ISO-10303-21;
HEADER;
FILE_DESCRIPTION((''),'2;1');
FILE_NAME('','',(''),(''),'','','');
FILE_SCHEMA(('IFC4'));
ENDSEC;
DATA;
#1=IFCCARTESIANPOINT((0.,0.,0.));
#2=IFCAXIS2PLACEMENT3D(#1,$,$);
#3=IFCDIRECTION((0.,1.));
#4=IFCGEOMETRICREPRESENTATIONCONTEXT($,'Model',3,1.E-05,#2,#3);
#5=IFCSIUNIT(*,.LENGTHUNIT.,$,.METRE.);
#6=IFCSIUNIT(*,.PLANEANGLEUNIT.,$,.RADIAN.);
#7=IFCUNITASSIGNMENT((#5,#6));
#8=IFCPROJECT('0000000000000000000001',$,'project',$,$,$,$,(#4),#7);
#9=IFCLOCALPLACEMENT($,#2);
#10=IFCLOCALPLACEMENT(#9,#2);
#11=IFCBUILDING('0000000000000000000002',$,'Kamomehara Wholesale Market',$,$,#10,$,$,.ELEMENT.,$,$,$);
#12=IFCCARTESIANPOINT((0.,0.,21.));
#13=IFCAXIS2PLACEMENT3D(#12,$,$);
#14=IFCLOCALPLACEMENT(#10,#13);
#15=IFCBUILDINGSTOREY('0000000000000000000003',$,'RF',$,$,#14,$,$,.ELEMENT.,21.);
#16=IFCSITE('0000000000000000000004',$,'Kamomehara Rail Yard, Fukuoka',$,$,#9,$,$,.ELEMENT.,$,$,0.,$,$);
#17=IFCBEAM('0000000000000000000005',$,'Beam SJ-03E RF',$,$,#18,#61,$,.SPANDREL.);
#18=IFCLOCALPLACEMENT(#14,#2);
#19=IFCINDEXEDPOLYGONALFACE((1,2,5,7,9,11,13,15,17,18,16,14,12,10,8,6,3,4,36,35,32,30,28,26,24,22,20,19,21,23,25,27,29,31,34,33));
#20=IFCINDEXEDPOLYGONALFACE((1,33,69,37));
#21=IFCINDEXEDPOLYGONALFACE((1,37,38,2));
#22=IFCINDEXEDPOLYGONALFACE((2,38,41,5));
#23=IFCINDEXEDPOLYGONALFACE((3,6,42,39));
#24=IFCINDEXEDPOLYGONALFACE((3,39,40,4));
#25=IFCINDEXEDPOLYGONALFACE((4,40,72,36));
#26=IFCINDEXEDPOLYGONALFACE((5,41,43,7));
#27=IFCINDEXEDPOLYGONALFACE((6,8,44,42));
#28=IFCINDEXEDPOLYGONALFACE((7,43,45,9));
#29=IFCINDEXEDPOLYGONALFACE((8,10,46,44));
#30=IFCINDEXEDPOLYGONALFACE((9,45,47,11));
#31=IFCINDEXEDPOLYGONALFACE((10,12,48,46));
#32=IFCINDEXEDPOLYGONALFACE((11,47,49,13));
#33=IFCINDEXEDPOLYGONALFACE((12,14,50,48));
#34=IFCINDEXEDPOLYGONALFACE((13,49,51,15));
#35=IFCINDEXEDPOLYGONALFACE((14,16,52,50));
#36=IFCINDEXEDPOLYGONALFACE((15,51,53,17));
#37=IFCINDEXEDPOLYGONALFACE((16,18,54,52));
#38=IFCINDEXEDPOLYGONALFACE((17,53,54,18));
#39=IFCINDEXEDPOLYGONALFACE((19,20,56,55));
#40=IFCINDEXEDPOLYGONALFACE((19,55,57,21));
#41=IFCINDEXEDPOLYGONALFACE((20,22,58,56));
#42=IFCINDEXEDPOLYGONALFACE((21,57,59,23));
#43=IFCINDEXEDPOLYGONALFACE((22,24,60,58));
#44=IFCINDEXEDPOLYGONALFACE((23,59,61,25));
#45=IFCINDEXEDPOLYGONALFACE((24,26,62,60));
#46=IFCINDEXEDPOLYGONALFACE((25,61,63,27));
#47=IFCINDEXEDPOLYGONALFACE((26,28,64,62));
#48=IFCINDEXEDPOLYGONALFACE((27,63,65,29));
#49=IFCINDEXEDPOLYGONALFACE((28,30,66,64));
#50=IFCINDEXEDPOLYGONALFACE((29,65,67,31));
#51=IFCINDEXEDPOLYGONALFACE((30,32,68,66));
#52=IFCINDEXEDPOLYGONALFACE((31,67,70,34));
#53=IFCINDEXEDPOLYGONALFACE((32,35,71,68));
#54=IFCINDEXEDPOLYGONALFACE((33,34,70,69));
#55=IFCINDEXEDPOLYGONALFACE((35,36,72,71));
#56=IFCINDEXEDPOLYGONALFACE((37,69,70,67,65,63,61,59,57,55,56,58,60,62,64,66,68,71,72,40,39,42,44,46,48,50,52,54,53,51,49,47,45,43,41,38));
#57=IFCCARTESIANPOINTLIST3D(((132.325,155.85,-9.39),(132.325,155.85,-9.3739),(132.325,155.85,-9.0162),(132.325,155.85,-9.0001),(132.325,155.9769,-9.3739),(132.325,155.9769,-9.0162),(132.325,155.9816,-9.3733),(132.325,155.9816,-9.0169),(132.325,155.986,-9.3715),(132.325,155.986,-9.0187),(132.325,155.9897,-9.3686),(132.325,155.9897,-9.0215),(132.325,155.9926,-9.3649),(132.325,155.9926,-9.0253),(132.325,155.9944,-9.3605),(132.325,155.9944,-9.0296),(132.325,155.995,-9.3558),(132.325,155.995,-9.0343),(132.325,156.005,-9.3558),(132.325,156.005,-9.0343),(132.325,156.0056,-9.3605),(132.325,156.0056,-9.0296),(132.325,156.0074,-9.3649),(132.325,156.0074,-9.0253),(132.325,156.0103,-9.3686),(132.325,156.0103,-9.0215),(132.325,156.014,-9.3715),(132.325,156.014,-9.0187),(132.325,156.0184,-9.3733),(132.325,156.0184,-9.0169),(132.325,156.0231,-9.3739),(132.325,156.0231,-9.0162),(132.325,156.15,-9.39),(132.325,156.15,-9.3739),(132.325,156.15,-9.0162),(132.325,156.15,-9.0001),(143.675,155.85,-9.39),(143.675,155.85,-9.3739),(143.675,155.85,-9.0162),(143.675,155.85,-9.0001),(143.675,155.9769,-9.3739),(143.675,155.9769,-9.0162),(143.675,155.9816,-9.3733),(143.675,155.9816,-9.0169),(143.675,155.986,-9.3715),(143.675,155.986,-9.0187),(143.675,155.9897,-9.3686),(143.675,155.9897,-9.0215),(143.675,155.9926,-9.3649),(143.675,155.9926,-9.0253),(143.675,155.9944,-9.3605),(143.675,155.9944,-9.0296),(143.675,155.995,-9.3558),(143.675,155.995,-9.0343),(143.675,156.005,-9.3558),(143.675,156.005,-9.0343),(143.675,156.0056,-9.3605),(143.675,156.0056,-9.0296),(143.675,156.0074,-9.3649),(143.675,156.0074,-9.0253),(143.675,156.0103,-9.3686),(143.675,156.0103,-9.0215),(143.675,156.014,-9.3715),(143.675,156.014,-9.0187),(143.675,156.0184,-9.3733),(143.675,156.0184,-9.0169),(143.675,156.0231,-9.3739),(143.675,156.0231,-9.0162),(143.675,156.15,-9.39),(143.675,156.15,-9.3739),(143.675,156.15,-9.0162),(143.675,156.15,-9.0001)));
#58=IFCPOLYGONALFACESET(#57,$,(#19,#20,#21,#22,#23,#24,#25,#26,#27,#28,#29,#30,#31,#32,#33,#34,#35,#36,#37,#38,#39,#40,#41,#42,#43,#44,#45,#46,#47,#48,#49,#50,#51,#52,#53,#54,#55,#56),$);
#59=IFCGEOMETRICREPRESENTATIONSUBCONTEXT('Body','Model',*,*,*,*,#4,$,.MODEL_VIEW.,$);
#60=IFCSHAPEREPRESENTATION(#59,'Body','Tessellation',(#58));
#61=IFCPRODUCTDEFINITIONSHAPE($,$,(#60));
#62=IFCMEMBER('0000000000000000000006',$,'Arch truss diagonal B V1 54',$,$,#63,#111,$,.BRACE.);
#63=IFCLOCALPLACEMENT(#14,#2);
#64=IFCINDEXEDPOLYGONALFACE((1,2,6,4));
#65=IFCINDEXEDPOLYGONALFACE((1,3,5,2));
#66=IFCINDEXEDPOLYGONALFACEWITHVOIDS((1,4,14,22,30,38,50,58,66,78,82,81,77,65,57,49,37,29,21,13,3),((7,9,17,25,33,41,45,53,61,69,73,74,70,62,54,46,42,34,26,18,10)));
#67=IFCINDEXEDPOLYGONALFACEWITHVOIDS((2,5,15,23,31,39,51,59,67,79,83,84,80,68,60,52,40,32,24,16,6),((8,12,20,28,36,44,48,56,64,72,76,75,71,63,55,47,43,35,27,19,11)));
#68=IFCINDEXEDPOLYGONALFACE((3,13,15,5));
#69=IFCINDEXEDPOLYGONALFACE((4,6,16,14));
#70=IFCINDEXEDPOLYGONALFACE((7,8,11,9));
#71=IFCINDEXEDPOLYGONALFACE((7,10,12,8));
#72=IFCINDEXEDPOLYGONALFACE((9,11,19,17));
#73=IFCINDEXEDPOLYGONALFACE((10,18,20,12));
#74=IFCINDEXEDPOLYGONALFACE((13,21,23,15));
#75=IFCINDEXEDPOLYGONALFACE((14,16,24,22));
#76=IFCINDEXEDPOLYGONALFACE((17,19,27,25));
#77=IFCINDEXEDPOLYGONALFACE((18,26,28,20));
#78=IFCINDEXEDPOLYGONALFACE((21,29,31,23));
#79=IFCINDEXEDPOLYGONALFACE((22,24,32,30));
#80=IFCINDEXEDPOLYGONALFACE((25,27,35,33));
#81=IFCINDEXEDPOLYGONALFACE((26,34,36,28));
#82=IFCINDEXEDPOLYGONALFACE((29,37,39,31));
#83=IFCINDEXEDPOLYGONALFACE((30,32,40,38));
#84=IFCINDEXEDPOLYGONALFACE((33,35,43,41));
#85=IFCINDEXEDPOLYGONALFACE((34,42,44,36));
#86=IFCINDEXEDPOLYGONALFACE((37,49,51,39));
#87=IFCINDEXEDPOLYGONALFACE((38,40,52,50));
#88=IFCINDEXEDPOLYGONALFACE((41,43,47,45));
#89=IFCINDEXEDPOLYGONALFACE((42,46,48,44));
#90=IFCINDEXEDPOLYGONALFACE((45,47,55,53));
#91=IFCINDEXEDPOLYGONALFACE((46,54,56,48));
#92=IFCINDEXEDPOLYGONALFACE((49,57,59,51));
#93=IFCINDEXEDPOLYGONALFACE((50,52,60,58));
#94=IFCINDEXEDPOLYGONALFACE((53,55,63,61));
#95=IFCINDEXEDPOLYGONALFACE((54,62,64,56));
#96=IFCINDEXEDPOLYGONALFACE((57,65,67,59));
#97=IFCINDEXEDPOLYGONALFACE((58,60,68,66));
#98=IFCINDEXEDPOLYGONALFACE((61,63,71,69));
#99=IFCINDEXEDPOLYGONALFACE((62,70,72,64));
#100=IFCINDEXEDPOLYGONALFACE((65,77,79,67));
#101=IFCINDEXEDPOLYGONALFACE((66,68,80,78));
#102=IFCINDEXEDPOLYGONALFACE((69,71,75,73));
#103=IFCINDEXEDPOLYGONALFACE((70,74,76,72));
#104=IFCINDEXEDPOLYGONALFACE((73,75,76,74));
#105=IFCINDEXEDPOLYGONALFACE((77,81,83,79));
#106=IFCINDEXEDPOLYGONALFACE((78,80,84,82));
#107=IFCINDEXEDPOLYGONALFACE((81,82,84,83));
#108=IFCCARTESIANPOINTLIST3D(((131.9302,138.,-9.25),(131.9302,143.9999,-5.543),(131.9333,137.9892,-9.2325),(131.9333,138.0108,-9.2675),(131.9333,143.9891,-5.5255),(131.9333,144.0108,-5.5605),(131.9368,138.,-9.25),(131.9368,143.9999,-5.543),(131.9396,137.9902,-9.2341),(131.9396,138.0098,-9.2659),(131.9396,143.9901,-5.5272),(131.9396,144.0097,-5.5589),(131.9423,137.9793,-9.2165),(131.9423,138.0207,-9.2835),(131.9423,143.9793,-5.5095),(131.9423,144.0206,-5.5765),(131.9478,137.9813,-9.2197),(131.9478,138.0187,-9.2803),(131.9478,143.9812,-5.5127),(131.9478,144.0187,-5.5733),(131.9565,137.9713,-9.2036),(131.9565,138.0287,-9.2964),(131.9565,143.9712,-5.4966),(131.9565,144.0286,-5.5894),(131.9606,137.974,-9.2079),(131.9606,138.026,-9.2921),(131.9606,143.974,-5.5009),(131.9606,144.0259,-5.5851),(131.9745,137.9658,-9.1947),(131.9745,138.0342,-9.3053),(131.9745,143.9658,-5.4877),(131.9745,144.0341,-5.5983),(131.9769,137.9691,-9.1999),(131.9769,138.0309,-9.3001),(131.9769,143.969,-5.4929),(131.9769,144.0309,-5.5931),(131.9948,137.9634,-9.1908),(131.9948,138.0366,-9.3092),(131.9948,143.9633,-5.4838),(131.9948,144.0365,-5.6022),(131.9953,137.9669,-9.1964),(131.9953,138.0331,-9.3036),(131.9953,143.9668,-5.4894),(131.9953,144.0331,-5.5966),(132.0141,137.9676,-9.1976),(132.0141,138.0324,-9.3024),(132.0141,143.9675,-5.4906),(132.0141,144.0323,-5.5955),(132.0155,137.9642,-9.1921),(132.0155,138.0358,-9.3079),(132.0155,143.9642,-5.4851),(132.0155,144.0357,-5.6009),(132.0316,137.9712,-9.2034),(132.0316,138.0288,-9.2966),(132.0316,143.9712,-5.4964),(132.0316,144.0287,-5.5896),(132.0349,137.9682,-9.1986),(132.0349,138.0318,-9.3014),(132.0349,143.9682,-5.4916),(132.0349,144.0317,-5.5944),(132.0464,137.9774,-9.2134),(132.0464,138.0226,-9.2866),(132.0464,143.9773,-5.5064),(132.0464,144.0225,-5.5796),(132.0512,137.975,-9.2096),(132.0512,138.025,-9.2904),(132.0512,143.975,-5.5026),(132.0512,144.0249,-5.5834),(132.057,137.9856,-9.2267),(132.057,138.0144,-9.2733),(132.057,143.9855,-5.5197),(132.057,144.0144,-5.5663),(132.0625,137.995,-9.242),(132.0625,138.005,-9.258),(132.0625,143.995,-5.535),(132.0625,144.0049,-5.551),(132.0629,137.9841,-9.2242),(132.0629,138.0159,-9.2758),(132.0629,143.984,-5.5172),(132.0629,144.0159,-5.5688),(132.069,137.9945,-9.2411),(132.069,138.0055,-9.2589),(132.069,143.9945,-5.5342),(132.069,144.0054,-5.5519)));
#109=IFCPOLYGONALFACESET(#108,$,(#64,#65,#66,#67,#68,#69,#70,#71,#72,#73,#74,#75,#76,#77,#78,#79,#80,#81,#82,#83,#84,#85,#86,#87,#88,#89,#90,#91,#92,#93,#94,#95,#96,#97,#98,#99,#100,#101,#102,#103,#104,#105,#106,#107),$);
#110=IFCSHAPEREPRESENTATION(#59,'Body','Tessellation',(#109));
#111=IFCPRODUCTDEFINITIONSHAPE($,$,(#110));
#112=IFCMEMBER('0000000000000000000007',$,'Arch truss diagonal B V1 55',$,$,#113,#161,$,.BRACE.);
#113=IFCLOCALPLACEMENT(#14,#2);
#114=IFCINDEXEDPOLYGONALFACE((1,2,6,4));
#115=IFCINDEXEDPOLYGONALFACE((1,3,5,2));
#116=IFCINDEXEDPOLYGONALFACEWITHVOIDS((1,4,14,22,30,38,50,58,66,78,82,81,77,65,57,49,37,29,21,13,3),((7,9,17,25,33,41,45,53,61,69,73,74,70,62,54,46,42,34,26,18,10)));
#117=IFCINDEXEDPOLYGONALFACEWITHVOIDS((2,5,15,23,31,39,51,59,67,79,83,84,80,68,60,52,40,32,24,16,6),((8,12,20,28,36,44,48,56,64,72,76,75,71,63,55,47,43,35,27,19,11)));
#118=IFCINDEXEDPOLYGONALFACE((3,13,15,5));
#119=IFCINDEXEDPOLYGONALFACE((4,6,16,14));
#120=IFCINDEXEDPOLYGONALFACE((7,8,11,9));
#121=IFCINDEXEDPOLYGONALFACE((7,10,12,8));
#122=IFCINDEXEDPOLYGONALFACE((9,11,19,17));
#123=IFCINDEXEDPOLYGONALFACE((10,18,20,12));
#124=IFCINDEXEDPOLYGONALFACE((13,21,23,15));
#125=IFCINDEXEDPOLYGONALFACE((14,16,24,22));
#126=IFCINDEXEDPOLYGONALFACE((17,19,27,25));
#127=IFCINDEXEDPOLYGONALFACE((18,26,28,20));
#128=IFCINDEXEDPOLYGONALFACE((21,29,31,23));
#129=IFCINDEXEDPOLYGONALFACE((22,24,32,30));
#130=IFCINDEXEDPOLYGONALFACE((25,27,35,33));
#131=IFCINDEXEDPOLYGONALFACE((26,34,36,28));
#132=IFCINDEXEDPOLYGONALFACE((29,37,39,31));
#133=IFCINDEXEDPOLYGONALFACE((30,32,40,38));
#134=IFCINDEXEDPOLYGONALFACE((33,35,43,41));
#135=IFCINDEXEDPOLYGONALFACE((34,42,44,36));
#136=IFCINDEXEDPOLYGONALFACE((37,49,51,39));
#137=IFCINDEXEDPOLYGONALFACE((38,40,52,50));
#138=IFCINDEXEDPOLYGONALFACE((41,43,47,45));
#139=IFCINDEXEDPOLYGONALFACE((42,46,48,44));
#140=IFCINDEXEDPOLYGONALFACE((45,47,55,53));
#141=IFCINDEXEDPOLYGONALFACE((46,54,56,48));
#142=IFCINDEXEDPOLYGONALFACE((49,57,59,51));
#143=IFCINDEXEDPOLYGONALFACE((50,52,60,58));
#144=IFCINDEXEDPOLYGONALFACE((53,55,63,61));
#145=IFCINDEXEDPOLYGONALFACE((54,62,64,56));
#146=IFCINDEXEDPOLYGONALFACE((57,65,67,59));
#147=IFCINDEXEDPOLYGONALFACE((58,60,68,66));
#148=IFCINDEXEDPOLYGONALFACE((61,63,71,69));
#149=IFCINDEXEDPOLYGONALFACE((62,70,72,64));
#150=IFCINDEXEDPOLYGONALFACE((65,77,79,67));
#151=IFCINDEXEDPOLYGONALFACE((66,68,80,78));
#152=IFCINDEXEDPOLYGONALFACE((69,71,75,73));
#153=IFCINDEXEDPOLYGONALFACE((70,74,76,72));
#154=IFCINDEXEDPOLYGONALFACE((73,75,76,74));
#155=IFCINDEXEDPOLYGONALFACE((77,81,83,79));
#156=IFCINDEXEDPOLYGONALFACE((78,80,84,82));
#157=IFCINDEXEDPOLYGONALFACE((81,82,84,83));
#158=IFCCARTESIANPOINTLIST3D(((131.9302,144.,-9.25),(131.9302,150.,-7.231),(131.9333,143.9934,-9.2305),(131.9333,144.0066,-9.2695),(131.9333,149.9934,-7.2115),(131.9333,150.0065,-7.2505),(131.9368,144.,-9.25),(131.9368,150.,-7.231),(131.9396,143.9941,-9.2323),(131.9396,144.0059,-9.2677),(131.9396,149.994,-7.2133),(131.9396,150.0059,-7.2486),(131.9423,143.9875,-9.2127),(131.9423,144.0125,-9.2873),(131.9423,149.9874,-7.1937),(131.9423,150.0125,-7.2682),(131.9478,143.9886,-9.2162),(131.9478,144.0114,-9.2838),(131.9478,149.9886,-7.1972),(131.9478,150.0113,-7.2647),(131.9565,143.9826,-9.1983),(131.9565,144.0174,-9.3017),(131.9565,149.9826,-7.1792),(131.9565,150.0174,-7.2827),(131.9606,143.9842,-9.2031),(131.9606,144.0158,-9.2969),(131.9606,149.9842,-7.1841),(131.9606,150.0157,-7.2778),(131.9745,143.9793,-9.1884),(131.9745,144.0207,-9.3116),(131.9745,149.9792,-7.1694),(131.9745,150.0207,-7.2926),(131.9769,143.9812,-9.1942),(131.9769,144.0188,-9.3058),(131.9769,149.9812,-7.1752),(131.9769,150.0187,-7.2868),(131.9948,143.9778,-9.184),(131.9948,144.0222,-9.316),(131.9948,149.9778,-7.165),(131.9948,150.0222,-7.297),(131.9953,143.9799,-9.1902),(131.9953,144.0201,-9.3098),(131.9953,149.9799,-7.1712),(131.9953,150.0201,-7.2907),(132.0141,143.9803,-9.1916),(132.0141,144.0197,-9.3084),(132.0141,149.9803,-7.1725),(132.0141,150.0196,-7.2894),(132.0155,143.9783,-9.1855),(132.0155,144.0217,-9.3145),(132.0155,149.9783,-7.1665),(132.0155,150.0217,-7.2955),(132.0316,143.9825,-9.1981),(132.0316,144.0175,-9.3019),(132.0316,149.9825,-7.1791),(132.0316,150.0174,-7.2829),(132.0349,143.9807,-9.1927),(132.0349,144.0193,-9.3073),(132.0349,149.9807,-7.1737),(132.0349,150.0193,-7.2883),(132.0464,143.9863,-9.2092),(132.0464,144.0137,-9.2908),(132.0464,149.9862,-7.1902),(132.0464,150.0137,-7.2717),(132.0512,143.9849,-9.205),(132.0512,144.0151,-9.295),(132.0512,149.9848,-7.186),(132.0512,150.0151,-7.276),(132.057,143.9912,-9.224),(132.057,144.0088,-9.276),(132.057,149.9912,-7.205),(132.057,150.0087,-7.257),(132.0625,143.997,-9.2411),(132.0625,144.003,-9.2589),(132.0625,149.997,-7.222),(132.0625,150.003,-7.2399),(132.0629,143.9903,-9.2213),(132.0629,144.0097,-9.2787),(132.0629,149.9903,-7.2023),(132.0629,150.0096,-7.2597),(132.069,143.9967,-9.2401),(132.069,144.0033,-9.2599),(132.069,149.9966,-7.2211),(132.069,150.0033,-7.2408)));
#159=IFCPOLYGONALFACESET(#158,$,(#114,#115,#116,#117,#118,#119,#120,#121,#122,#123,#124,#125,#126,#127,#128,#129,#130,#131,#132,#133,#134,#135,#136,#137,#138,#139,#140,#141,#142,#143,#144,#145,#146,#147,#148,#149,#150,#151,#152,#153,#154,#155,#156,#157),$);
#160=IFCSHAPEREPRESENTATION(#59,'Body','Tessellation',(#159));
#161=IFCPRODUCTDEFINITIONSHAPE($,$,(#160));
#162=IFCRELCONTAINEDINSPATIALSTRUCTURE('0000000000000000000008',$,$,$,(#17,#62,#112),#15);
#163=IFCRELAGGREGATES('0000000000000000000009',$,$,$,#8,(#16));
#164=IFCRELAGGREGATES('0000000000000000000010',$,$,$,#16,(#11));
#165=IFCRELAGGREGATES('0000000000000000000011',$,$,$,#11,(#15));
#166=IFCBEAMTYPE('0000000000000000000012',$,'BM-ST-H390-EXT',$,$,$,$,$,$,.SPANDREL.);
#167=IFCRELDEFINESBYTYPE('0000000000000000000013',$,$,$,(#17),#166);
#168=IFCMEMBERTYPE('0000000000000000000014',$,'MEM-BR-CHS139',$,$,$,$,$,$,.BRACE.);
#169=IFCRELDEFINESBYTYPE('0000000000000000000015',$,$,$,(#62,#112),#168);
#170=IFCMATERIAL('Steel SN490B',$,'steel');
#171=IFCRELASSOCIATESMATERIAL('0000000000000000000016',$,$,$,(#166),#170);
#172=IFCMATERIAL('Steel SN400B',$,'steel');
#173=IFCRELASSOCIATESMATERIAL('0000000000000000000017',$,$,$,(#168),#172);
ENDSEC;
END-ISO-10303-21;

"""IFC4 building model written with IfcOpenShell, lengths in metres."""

from ifc_helpers import new_model, si_unit, direction, frame, origin, origin_2d, place, context, subcontext, project, spatial, hollow_circle, i_section, extrude, material, material_profile, profile_set, type_object, element, save


model = new_model("IFC4")

# Units and contexts
model_context = context("Model", 3, precision=1e-05, world=origin(), true_north=direction((0.0, 1.0)))
body_context = subcontext(model_context, "Body", "Model", "MODEL_VIEW")
ifc_project = project(units=[si_unit("LENGTHUNIT", "METRE"), si_unit("PLANEANGLEUNIT", "RADIAN")], contexts=[model_context])

# Site, building, storey
site_placement = place(None, origin())
site = spatial("IfcSite", under=ifc_project, at=site_placement, Name="Kamomehara Rail Yard, Fukuoka", CompositionType="ELEMENT", RefElevation=0.0)
building_placement = place(site_placement, origin())
building = spatial("IfcBuilding", under=site, at=building_placement, Name="Kamomehara Wholesale Market", CompositionType="ELEMENT")
storey_placement = place(building_placement, frame((0.0, 0.0, 21.0)))
storey = spatial("IfcBuildingStorey", under=building, at=storey_placement, Name="RF", CompositionType="ELEMENT", Elevation=21.0)

# Beam
ifc_material_1 = material(Name="Steel SN490B", Category="steel")
ifc_material_profile_1 = material_profile(ifc_material_1, i_section(OverallWidth=0.3, OverallDepth=0.3899, WebThickness=0.01, FlangeThickness=0.0161, FilletRadius=0.0181, at=origin_2d()), Name="H-390x300x10x16")
ifc_profile_set_1 = profile_set([ifc_material_profile_1], Name="Steel SN490B")
beam_type_1 = type_object("IfcBeamType", Name="BM-ST-H390-EXT", PredefinedType="SPANDREL", material=ifc_profile_set_1)
beam_1_placement = place(storey_placement, frame((132.325, 156.0, -9.1951), z_axis=(1.0, 0.0, 0.0), x_axis=(0.0, 1.0, 0.0)))
element("IfcBeam", 1, at=beam_1_placement, inside=storey, type_object=beam_type_1, Name="Beam SJ-03E RF", PredefinedType="SPANDREL", context=body_context, shape_type="SweptSolid", body=[
    extrude(i_section(OverallWidth=0.3, OverallDepth=0.3899, WebThickness=0.01, FlangeThickness=0.0161, FilletRadius=0.0181, at=origin_2d()), origin(), (0.0, 0.0, 1.0), 11.3501),
])

# Members
ifc_material_2 = material(Name="Steel SN400B", Category="steel")
ifc_material_profile_2 = material_profile(ifc_material_2, hollow_circle(Radius=0.0698, WallThickness=0.0066, at=origin_2d()), Name="CHS-139.8x6.6")
ifc_profile_set_2 = profile_set([ifc_material_profile_2], Name="Steel SN400B")
member_type_1 = type_object("IfcMemberType", Name="MEM-BR-CHS139", PredefinedType="BRACE", material=ifc_profile_set_2)
member_1_placement = place(storey_placement, frame((132.0, 138.0, -9.25), z_axis=(0.0, 0.850725, 0.525611), x_axis=(-1.0, 0.0, 0.0)))
element("IfcMember", 2, at=member_1_placement, inside=storey, type_object=member_type_1, Name="Arch truss diagonal B V1 54", PredefinedType="BRACE", context=body_context, shape_type="SweptSolid", body=[
    extrude(hollow_circle(Radius=0.0698, WallThickness=0.0066, at=origin_2d()), origin(), (0.0, 0.0, 1.0), 7.0527),
])
member_2_placement = place(storey_placement, frame((132.0, 144.0, -9.25), z_axis=(0.0, 0.947777, 0.318934), x_axis=(-1.0, 0.0, 0.0)))
element("IfcMember", 3, at=member_2_placement, inside=storey, type_object=member_type_1, Name="Arch truss diagonal B V1 55", PredefinedType="BRACE", context=body_context, shape_type="SweptSolid", body=[
    extrude(hollow_circle(Radius=0.0698, WallThickness=0.0066, at=origin_2d()), origin(), (0.0, 0.0, 1.0), 6.3306),
])

save(model, "model.ifc")
